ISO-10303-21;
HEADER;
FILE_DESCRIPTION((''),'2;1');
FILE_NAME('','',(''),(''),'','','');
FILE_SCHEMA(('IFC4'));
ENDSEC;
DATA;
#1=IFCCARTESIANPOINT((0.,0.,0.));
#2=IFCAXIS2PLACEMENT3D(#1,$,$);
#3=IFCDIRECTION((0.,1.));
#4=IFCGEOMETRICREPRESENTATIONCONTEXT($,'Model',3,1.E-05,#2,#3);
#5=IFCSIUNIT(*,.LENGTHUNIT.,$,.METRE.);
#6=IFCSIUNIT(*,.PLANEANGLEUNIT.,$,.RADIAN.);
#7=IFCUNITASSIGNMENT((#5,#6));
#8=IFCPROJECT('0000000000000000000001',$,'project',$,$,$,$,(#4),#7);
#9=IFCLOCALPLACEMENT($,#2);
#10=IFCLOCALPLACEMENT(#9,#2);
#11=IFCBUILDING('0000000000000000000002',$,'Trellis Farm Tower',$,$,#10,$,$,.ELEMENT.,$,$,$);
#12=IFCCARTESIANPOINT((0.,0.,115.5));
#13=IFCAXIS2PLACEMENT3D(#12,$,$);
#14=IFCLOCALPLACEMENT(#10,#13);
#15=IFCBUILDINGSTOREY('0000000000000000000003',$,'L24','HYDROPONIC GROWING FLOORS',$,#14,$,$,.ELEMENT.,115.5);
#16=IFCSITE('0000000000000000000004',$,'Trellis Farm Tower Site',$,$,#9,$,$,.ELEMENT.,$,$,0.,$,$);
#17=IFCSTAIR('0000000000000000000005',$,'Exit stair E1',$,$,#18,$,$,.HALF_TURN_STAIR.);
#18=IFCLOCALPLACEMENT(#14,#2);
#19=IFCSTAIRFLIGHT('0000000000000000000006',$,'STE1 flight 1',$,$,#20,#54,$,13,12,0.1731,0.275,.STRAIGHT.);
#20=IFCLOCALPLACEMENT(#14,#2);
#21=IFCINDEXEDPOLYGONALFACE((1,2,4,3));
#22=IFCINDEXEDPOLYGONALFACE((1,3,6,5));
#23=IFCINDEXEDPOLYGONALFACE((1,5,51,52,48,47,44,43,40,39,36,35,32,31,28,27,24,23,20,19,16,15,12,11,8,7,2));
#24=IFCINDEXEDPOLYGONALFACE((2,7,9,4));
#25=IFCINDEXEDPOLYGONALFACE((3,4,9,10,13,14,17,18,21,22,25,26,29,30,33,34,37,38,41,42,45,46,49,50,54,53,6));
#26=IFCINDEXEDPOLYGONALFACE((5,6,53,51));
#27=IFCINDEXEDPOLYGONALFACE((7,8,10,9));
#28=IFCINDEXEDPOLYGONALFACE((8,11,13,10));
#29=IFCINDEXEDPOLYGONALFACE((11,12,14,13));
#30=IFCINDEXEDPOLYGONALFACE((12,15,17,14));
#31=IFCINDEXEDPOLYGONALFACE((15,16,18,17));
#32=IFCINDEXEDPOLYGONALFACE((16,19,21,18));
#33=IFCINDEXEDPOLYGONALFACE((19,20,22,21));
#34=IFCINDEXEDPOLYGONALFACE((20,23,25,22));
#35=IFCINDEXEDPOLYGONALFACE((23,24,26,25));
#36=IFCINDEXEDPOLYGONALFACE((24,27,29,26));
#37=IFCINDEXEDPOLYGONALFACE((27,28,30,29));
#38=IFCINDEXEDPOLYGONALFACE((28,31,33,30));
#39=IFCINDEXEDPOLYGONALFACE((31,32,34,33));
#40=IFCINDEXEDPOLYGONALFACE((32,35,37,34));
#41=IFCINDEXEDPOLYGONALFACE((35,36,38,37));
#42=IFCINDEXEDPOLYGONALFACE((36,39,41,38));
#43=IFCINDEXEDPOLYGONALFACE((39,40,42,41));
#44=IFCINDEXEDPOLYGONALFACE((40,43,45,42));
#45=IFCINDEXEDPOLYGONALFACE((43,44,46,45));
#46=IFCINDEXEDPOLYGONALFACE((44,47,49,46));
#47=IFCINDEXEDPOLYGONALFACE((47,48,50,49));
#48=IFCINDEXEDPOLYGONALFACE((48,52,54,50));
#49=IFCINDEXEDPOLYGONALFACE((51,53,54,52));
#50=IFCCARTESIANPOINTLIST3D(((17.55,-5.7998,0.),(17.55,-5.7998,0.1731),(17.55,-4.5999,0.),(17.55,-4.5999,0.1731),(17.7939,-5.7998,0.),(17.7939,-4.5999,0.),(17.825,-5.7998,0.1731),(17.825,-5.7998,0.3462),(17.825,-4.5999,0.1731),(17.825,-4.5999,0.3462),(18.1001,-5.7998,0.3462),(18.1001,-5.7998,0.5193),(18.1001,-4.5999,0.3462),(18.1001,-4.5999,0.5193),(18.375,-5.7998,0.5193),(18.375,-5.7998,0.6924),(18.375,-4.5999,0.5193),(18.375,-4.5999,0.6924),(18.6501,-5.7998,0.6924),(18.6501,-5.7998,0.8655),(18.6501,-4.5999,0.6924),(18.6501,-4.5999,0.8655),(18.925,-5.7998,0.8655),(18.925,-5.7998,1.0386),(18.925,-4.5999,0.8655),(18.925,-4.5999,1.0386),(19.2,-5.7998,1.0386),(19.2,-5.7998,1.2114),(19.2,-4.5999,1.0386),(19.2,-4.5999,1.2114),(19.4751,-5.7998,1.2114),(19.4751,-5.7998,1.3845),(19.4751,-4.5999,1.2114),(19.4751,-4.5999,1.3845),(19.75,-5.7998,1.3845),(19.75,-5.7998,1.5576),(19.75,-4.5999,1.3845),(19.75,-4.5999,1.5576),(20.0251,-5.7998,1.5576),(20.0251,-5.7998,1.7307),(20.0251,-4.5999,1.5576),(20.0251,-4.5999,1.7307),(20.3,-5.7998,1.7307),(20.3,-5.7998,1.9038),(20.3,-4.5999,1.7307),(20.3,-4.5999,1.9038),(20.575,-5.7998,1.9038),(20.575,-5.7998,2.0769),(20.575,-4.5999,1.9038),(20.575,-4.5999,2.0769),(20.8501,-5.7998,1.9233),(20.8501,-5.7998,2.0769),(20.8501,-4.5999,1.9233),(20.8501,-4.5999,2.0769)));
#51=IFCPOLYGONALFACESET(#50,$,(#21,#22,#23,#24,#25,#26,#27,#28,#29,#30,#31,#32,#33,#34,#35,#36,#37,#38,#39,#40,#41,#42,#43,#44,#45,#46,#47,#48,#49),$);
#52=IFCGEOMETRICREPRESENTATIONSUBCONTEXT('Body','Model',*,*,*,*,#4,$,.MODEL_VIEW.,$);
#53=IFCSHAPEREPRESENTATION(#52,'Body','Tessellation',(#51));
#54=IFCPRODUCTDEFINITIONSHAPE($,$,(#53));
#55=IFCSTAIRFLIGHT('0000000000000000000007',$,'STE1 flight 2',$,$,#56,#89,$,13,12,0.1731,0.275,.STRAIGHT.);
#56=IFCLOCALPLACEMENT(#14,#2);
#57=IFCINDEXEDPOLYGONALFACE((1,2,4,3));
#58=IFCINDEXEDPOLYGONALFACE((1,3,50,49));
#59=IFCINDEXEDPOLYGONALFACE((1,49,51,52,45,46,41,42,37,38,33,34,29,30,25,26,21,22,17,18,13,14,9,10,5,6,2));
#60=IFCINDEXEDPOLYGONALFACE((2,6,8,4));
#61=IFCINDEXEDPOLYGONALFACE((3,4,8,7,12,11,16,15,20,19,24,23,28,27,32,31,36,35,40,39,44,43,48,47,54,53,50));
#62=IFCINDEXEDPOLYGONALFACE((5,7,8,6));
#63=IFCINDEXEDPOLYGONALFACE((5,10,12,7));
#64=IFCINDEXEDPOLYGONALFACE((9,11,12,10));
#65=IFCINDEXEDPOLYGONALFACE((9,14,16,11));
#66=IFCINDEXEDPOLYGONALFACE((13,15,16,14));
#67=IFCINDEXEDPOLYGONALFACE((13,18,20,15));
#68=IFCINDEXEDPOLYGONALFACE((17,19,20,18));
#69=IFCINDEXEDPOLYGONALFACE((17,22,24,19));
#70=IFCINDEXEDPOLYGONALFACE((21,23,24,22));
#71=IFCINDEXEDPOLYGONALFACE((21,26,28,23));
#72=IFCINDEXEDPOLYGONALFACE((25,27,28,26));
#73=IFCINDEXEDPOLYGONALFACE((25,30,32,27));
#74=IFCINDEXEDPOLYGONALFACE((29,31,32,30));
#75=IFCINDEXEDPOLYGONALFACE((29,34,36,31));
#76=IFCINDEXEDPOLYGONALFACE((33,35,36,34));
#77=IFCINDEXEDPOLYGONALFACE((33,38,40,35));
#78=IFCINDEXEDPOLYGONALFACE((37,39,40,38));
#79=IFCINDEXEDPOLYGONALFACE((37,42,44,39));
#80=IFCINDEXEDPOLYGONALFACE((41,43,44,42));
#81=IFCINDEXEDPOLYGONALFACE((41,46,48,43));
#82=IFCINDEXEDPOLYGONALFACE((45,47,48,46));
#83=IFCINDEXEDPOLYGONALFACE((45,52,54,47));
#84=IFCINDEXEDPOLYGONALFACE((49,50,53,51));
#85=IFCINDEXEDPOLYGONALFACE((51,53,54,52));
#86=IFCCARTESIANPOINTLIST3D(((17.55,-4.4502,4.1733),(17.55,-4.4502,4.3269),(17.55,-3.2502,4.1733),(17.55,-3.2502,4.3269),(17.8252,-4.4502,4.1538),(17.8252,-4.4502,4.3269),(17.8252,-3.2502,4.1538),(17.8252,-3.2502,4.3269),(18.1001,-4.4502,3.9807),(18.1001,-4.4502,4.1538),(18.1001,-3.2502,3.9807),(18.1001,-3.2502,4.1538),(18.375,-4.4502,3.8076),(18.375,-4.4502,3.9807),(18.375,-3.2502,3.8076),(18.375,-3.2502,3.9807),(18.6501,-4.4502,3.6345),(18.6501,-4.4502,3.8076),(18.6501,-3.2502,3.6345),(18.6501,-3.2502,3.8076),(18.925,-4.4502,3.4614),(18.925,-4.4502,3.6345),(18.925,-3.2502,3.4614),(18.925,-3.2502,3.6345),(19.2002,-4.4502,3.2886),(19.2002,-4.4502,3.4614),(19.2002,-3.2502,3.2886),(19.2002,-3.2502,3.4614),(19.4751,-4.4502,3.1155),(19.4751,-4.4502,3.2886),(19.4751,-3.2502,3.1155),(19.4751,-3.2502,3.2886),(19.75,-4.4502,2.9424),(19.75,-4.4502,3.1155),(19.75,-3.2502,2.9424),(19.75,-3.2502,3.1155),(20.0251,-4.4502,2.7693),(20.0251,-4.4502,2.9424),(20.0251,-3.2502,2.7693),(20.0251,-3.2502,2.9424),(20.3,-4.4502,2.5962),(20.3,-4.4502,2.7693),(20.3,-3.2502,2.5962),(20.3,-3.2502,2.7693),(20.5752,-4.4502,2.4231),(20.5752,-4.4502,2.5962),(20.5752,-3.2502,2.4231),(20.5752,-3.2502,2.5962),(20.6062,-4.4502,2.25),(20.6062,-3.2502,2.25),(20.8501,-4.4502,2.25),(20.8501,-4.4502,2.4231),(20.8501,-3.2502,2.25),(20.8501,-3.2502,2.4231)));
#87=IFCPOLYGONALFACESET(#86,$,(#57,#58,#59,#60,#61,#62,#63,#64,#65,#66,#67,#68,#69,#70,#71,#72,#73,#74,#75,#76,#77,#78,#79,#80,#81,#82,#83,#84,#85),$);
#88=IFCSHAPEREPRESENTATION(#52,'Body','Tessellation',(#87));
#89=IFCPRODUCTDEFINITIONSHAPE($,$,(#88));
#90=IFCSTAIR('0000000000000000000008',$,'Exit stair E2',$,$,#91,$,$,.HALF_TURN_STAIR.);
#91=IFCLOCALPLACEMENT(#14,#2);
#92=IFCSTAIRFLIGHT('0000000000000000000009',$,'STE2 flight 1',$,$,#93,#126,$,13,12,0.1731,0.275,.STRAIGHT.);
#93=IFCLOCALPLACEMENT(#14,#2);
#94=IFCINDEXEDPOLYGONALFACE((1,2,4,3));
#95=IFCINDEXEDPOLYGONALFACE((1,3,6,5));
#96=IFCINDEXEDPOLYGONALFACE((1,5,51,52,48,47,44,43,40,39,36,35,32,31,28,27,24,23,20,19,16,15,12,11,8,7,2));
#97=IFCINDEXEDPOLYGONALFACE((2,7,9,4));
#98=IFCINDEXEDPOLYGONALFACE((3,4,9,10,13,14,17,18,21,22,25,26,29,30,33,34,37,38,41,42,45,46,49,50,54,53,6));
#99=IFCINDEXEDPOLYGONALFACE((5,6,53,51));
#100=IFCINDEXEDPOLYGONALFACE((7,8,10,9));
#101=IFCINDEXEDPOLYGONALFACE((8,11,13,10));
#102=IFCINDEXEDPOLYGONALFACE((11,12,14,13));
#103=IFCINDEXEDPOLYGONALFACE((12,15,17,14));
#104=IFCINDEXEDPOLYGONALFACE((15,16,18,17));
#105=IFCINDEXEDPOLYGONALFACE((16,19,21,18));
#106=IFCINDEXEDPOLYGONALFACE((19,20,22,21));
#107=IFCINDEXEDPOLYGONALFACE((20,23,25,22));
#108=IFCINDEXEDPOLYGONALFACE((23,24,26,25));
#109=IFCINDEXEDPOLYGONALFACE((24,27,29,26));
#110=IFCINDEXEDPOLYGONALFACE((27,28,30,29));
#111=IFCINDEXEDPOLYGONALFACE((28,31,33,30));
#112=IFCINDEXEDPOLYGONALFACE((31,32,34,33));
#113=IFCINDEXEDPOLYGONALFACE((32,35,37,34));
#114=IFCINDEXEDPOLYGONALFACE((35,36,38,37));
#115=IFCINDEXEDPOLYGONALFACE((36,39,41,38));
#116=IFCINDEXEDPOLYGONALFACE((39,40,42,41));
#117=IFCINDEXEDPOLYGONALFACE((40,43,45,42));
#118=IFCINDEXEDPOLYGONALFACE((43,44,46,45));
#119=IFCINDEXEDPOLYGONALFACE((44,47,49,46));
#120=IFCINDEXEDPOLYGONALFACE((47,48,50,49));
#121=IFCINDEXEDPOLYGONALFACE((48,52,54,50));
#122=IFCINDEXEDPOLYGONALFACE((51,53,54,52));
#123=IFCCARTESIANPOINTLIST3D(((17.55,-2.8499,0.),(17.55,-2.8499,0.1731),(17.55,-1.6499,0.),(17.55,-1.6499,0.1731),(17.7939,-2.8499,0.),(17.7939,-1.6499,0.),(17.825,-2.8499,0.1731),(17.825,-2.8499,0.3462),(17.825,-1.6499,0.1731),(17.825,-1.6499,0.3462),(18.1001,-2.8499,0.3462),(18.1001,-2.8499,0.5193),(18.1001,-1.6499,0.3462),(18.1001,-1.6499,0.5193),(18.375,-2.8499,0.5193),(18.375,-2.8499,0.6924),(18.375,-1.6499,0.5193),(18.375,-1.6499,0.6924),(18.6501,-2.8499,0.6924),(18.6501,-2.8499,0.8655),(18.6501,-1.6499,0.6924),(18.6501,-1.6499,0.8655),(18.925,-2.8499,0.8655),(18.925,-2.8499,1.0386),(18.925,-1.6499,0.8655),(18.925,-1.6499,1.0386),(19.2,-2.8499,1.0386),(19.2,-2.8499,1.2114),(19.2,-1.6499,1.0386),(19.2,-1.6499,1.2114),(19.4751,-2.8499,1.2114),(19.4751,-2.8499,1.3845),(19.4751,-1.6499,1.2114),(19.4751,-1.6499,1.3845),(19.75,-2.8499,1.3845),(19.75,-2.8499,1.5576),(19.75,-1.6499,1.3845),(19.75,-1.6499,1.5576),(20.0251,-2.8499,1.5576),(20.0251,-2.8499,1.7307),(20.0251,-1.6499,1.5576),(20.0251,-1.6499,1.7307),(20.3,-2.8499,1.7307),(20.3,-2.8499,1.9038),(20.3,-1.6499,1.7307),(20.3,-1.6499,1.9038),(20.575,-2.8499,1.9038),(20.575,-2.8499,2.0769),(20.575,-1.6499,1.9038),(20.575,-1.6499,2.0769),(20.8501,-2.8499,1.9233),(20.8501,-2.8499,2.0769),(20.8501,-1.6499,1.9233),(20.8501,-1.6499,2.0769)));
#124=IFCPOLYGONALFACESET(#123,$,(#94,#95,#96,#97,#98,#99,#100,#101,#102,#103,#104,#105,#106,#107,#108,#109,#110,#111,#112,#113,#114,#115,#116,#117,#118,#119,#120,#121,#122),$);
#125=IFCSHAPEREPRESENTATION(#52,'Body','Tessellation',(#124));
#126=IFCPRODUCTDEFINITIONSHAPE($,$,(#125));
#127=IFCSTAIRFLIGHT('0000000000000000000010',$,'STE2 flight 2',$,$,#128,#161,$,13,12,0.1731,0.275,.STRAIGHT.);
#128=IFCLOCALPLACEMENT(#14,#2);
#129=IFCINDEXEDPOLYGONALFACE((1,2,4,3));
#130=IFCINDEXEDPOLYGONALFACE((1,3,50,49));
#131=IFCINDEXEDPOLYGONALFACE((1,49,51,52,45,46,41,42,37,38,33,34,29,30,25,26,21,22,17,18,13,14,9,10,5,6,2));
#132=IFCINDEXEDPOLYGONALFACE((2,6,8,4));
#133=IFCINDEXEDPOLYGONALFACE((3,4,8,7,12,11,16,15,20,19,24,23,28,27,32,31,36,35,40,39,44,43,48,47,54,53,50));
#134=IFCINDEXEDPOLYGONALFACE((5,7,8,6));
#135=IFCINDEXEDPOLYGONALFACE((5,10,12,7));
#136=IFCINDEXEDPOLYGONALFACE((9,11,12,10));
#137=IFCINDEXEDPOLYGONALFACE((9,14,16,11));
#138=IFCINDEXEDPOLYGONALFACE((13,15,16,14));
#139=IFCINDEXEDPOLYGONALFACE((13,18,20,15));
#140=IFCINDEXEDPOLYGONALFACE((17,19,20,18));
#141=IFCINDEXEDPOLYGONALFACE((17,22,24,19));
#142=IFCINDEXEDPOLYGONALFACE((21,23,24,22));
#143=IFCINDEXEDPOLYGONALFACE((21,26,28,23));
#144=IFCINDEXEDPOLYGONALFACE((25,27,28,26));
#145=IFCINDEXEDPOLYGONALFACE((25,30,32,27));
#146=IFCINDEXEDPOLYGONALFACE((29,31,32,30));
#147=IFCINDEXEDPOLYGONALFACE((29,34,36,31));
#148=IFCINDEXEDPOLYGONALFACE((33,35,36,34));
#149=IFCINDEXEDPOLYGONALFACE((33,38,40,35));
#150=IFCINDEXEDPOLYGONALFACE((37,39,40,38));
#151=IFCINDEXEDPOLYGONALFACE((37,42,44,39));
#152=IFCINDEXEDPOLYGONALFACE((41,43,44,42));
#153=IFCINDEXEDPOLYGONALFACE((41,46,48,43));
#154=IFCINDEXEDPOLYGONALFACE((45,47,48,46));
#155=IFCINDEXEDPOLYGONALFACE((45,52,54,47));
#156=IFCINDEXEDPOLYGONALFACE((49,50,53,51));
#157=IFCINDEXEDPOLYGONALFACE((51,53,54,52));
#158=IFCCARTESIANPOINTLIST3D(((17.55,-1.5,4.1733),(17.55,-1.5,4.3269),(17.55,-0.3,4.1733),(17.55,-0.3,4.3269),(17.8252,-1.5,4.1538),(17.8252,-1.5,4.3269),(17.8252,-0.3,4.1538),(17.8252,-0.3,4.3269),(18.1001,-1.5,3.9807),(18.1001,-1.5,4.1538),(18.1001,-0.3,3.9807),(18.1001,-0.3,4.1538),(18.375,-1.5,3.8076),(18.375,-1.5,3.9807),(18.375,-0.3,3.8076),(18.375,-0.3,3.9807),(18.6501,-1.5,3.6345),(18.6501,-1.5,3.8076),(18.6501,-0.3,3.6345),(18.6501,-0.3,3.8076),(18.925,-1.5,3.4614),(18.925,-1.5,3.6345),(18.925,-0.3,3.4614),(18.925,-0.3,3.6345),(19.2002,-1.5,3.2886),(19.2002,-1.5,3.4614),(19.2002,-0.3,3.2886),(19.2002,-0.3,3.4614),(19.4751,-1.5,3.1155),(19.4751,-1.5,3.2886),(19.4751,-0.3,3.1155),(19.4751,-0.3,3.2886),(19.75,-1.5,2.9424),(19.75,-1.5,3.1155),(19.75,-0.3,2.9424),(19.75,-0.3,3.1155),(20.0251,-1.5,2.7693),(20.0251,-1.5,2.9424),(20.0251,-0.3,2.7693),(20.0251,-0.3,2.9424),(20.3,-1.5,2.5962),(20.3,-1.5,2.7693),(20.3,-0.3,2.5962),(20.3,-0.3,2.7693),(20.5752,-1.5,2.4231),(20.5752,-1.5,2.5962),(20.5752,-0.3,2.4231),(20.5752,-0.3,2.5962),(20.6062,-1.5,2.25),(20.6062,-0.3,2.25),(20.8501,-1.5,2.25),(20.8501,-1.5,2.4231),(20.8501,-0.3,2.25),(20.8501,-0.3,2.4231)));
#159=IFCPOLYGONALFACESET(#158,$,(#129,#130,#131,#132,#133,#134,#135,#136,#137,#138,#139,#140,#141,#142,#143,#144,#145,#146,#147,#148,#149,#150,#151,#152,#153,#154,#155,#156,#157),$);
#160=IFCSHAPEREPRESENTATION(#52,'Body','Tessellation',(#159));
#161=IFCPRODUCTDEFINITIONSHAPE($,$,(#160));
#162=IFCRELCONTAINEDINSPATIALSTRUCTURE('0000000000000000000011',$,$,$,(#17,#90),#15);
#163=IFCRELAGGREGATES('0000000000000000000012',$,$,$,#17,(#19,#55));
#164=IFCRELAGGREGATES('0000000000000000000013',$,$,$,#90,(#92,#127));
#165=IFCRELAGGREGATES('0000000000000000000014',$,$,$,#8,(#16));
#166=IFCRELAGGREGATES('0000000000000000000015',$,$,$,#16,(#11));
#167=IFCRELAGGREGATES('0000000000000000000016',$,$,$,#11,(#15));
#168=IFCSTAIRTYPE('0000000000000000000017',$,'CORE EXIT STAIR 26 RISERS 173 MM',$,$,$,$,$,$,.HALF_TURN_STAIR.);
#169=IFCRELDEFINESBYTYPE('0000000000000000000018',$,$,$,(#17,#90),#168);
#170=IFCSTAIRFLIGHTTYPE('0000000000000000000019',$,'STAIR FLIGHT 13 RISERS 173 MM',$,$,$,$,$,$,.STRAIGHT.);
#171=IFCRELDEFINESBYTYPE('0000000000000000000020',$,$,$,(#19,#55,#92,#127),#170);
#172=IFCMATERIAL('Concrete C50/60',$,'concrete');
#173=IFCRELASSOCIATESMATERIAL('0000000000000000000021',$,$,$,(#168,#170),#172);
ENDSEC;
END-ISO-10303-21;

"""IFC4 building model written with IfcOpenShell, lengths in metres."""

from ifc_helpers import new_model, si_unit, direction, frame, origin, place, context, subcontext, project, spatial, polyline, outline, extrude, source, transform, mapped, material, type_object, element, aggregate, save


model = new_model("IFC4")

# Units and contexts
model_context = context("Model", 3, precision=1e-05, world=origin(), true_north=direction((0.0, 1.0)))
body_context = subcontext(model_context, "Body", "Model", "MODEL_VIEW")
ifc_project = project(units=[si_unit("LENGTHUNIT", "METRE"), si_unit("PLANEANGLEUNIT", "RADIAN")], contexts=[model_context])

# Site, building, storey
site_placement = place(None, origin())
site = spatial("IfcSite", under=ifc_project, at=site_placement, Name="Trellis Farm Tower Site", CompositionType="ELEMENT", RefElevation=0.0)
building_placement = place(site_placement, origin())
building = spatial("IfcBuilding", under=site, at=building_placement, Name="Trellis Farm Tower", CompositionType="ELEMENT")
storey_placement = place(building_placement, frame((0.0, 0.0, 115.5)))
storey = spatial("IfcBuildingStorey", under=building, at=storey_placement, Name="L24", Description="HYDROPONIC GROWING FLOORS", CompositionType="ELEMENT", Elevation=115.5)

# Shared definitions
placement = place(storey_placement, origin())

# Stairs, stair flights
ifc_material_1 = material(Name="Concrete C50/60", Category="concrete")
stair_type = type_object("IfcStairType", Name="CORE EXIT STAIR 26 RISERS 173 MM", PredefinedType="HALF_TURN_STAIR", material=ifc_material_1)
stair_1 = element("IfcStair", 1, at=placement, inside=storey, type_object=stair_type, Name="Exit stair E1", PredefinedType="HALF_TURN_STAIR")
stair_flight_type = type_object("IfcStairFlightType", Name="STAIR FLIGHT 13 RISERS 173 MM", PredefinedType="STRAIGHT", material=ifc_material_1)
shared_shape_1 = source(origin(), body_context, "Body", "SweptSolid", [
    extrude(outline(polyline([(0.0, 0.0), (0.0, 0.1731), (0.2749, 0.1731), (0.2749, 0.3462), (0.55, 0.3462), (0.55, 0.5193), (0.825, 0.5193), (0.825, 0.6924), (1.1001, 0.6924), (1.1001, 0.8655), (1.375, 0.8655), (1.375, 1.0386), (1.6499, 1.0386), (1.6499, 1.2114), (1.925, 1.2114), (1.925, 1.3845), (2.2, 1.3845), (2.2, 1.5576), (2.4751, 1.5576), (2.4751, 1.7307), (2.75, 1.7307), (2.75, 1.9038), (3.0249, 1.9038), (3.0249, 2.0769), (3.3, 2.0769), (3.3, 2.25), (3.3, 1.9233), (0.2439, 0.0), (0.0, 0.0)])), frame((0.0, 0.6001, 0.0), z_axis=(0.0, -1.0, 0.0), x_axis=(1.0, 0.0, 0.0)), (0.0, 0.0, 1.0), 1.2),
])
stair_flight_1_placement = place(storey_placement, frame((17.55, -5.2, 0.0), z_axis=(0.0, 0.0, 1.0), x_axis=(1.0, 0.0, 0.0)))
stair_flight_1 = element("IfcStairFlight", 2, at=stair_flight_1_placement, type_object=stair_flight_type, Name="STE1 flight 1", NumberOfRisers=13, NumberOfTreads=12, PredefinedType="STRAIGHT", RiserHeight=0.1731, TreadLength=0.275, context=body_context, shape_type="MappedRepresentation", body=[
    mapped(shared_shape_1, transform((0.0, 0.0, 0.0))),
])
stair_flight_2_placement = place(storey_placement, frame((20.8501, -3.8501, 2.25), z_axis=(0.0, 0.0, 1.0), x_axis=(-1.0, 0.0, 0.0)))
stair_flight_2 = element("IfcStairFlight", 3, at=stair_flight_2_placement, type_object=stair_flight_type, Name="STE1 flight 2", NumberOfRisers=13, NumberOfTreads=12, PredefinedType="STRAIGHT", RiserHeight=0.1731, TreadLength=0.275, context=body_context, shape_type="MappedRepresentation", body=[
    mapped(shared_shape_1, transform((0.0, 0.0, 0.0))),
])
aggregate(stair_1, [stair_flight_1, stair_flight_2])
stair_2 = element("IfcStair", 4, at=placement, inside=storey, type_object=stair_type, Name="Exit stair E2", PredefinedType="HALF_TURN_STAIR")
stair_flight_3_placement = place(storey_placement, frame((17.55, -2.25, 0.0), z_axis=(0.0, 0.0, 1.0), x_axis=(1.0, 0.0, 0.0)))
stair_flight_3 = element("IfcStairFlight", 5, at=stair_flight_3_placement, type_object=stair_flight_type, Name="STE2 flight 1", NumberOfRisers=13, NumberOfTreads=12, PredefinedType="STRAIGHT", RiserHeight=0.1731, TreadLength=0.275, context=body_context, shape_type="MappedRepresentation", body=[
    mapped(shared_shape_1, transform((0.0, 0.0, 0.0))),
])
stair_flight_4_placement = place(storey_placement, frame((20.8501, -0.8999, 2.25), z_axis=(0.0, 0.0, 1.0), x_axis=(-1.0, 0.0, 0.0)))
stair_flight_4 = element("IfcStairFlight", 6, at=stair_flight_4_placement, type_object=stair_flight_type, Name="STE2 flight 2", NumberOfRisers=13, NumberOfTreads=12, PredefinedType="STRAIGHT", RiserHeight=0.1731, TreadLength=0.275, context=body_context, shape_type="MappedRepresentation", body=[
    mapped(shared_shape_1, transform((0.0, 0.0, 0.0))),
])
aggregate(stair_2, [stair_flight_3, stair_flight_4])

save(model, "model.ifc")
